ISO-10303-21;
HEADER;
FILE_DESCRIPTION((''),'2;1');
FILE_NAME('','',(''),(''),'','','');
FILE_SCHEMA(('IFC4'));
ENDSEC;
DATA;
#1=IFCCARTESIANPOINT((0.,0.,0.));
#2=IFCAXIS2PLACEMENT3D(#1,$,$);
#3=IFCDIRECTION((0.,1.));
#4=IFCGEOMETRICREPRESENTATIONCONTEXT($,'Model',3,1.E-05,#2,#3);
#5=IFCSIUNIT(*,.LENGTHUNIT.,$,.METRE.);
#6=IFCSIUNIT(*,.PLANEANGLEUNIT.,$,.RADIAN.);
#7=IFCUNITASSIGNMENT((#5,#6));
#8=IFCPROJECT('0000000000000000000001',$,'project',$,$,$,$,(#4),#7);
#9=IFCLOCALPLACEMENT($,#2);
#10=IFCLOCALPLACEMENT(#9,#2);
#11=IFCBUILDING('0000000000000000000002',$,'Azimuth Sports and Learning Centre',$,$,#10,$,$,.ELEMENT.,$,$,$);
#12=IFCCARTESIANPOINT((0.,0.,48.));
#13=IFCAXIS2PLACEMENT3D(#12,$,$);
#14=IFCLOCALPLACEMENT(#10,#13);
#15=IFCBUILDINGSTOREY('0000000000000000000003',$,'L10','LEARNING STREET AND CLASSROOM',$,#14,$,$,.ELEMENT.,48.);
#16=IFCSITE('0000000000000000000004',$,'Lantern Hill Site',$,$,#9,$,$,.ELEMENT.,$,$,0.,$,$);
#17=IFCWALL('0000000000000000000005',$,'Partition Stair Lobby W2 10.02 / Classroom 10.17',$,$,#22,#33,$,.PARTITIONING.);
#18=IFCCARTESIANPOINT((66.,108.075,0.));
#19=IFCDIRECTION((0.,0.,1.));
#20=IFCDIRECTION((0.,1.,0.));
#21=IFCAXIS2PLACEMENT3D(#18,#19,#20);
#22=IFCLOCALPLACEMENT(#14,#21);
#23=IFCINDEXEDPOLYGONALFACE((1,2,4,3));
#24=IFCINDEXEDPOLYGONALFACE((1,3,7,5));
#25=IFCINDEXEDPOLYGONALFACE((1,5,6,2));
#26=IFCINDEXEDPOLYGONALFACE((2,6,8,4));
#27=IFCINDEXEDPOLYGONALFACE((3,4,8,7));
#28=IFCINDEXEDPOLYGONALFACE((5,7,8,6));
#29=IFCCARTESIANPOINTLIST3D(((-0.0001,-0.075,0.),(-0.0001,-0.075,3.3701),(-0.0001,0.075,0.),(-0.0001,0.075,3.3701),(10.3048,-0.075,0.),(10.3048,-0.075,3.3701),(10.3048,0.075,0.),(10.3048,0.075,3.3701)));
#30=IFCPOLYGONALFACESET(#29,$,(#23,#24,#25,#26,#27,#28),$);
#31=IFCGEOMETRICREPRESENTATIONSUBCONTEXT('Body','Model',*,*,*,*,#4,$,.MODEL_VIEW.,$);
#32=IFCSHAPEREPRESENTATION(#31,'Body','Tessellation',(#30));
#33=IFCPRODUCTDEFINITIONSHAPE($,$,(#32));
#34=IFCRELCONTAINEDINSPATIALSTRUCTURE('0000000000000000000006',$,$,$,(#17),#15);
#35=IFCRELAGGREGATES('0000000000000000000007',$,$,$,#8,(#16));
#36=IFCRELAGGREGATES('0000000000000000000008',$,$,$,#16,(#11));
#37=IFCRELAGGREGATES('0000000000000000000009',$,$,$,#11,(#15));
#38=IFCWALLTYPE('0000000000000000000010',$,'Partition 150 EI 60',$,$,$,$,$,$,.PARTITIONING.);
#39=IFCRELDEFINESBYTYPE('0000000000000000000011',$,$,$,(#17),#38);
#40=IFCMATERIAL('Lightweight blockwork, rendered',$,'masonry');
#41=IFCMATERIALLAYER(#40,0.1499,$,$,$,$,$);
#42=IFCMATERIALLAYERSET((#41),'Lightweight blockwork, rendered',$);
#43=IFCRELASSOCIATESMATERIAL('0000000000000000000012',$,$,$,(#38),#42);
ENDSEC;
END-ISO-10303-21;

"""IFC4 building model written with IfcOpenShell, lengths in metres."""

from ifc_helpers import new_model, si_unit, direction, frame, frame_2d, origin, place, context, subcontext, project, spatial, rectangle, extrude, material, layer, layer_set, type_object, element, save


model = new_model("IFC4")

# Units and contexts
model_context = context("Model", 3, precision=1e-05, world=origin(), true_north=direction((0.0, 1.0)))
body_context = subcontext(model_context, "Body", "Model", "MODEL_VIEW")
ifc_project = project(units=[si_unit("LENGTHUNIT", "METRE"), si_unit("PLANEANGLEUNIT", "RADIAN")], contexts=[model_context])

# Site, building, storey
site_placement = place(None, origin())
site = spatial("IfcSite", under=ifc_project, at=site_placement, Name="Lantern Hill Site", CompositionType="ELEMENT", RefElevation=0.0)
building_placement = place(site_placement, origin())
building = spatial("IfcBuilding", under=site, at=building_placement, Name="Azimuth Sports and Learning Centre", CompositionType="ELEMENT")
storey_placement = place(building_placement, frame((0.0, 0.0, 48.0)))
storey = spatial("IfcBuildingStorey", under=building, at=storey_placement, Name="L10", Description="LEARNING STREET AND CLASSROOM", CompositionType="ELEMENT", Elevation=48.0)

# Shared definitions
ifc_material_1 = material(Name="Lightweight blockwork, rendered", Category="masonry")
ifc_layer_1 = layer(ifc_material_1, 0.1499)
ifc_layer_set_1 = layer_set([ifc_layer_1], Name="Lightweight blockwork, rendered")
wall_type_1 = type_object("IfcWallType", Name="Partition 150 EI 60", PredefinedType="PARTITIONING", material=ifc_layer_set_1)

# Wall
wall_1_placement = place(storey_placement, frame((66.0, 108.075, 0.0), z_axis=(0.0, 0.0, 1.0), x_axis=(0.0, 1.0, 0.0)))
element("IfcWall", 1, at=wall_1_placement, inside=storey, type_object=wall_type_1, Name="Partition Stair Lobby W2 10.02 / Classroom 10.17", PredefinedType="PARTITIONING", context=body_context, shape_type="SweptSolid", body=[
    extrude(rectangle(XDim=10.3049, YDim=0.1499, at=frame_2d((5.1523, 0.0))), origin(), (0.0, 0.0, 1.0), 3.3701),
])

save(model, "model.ifc")
